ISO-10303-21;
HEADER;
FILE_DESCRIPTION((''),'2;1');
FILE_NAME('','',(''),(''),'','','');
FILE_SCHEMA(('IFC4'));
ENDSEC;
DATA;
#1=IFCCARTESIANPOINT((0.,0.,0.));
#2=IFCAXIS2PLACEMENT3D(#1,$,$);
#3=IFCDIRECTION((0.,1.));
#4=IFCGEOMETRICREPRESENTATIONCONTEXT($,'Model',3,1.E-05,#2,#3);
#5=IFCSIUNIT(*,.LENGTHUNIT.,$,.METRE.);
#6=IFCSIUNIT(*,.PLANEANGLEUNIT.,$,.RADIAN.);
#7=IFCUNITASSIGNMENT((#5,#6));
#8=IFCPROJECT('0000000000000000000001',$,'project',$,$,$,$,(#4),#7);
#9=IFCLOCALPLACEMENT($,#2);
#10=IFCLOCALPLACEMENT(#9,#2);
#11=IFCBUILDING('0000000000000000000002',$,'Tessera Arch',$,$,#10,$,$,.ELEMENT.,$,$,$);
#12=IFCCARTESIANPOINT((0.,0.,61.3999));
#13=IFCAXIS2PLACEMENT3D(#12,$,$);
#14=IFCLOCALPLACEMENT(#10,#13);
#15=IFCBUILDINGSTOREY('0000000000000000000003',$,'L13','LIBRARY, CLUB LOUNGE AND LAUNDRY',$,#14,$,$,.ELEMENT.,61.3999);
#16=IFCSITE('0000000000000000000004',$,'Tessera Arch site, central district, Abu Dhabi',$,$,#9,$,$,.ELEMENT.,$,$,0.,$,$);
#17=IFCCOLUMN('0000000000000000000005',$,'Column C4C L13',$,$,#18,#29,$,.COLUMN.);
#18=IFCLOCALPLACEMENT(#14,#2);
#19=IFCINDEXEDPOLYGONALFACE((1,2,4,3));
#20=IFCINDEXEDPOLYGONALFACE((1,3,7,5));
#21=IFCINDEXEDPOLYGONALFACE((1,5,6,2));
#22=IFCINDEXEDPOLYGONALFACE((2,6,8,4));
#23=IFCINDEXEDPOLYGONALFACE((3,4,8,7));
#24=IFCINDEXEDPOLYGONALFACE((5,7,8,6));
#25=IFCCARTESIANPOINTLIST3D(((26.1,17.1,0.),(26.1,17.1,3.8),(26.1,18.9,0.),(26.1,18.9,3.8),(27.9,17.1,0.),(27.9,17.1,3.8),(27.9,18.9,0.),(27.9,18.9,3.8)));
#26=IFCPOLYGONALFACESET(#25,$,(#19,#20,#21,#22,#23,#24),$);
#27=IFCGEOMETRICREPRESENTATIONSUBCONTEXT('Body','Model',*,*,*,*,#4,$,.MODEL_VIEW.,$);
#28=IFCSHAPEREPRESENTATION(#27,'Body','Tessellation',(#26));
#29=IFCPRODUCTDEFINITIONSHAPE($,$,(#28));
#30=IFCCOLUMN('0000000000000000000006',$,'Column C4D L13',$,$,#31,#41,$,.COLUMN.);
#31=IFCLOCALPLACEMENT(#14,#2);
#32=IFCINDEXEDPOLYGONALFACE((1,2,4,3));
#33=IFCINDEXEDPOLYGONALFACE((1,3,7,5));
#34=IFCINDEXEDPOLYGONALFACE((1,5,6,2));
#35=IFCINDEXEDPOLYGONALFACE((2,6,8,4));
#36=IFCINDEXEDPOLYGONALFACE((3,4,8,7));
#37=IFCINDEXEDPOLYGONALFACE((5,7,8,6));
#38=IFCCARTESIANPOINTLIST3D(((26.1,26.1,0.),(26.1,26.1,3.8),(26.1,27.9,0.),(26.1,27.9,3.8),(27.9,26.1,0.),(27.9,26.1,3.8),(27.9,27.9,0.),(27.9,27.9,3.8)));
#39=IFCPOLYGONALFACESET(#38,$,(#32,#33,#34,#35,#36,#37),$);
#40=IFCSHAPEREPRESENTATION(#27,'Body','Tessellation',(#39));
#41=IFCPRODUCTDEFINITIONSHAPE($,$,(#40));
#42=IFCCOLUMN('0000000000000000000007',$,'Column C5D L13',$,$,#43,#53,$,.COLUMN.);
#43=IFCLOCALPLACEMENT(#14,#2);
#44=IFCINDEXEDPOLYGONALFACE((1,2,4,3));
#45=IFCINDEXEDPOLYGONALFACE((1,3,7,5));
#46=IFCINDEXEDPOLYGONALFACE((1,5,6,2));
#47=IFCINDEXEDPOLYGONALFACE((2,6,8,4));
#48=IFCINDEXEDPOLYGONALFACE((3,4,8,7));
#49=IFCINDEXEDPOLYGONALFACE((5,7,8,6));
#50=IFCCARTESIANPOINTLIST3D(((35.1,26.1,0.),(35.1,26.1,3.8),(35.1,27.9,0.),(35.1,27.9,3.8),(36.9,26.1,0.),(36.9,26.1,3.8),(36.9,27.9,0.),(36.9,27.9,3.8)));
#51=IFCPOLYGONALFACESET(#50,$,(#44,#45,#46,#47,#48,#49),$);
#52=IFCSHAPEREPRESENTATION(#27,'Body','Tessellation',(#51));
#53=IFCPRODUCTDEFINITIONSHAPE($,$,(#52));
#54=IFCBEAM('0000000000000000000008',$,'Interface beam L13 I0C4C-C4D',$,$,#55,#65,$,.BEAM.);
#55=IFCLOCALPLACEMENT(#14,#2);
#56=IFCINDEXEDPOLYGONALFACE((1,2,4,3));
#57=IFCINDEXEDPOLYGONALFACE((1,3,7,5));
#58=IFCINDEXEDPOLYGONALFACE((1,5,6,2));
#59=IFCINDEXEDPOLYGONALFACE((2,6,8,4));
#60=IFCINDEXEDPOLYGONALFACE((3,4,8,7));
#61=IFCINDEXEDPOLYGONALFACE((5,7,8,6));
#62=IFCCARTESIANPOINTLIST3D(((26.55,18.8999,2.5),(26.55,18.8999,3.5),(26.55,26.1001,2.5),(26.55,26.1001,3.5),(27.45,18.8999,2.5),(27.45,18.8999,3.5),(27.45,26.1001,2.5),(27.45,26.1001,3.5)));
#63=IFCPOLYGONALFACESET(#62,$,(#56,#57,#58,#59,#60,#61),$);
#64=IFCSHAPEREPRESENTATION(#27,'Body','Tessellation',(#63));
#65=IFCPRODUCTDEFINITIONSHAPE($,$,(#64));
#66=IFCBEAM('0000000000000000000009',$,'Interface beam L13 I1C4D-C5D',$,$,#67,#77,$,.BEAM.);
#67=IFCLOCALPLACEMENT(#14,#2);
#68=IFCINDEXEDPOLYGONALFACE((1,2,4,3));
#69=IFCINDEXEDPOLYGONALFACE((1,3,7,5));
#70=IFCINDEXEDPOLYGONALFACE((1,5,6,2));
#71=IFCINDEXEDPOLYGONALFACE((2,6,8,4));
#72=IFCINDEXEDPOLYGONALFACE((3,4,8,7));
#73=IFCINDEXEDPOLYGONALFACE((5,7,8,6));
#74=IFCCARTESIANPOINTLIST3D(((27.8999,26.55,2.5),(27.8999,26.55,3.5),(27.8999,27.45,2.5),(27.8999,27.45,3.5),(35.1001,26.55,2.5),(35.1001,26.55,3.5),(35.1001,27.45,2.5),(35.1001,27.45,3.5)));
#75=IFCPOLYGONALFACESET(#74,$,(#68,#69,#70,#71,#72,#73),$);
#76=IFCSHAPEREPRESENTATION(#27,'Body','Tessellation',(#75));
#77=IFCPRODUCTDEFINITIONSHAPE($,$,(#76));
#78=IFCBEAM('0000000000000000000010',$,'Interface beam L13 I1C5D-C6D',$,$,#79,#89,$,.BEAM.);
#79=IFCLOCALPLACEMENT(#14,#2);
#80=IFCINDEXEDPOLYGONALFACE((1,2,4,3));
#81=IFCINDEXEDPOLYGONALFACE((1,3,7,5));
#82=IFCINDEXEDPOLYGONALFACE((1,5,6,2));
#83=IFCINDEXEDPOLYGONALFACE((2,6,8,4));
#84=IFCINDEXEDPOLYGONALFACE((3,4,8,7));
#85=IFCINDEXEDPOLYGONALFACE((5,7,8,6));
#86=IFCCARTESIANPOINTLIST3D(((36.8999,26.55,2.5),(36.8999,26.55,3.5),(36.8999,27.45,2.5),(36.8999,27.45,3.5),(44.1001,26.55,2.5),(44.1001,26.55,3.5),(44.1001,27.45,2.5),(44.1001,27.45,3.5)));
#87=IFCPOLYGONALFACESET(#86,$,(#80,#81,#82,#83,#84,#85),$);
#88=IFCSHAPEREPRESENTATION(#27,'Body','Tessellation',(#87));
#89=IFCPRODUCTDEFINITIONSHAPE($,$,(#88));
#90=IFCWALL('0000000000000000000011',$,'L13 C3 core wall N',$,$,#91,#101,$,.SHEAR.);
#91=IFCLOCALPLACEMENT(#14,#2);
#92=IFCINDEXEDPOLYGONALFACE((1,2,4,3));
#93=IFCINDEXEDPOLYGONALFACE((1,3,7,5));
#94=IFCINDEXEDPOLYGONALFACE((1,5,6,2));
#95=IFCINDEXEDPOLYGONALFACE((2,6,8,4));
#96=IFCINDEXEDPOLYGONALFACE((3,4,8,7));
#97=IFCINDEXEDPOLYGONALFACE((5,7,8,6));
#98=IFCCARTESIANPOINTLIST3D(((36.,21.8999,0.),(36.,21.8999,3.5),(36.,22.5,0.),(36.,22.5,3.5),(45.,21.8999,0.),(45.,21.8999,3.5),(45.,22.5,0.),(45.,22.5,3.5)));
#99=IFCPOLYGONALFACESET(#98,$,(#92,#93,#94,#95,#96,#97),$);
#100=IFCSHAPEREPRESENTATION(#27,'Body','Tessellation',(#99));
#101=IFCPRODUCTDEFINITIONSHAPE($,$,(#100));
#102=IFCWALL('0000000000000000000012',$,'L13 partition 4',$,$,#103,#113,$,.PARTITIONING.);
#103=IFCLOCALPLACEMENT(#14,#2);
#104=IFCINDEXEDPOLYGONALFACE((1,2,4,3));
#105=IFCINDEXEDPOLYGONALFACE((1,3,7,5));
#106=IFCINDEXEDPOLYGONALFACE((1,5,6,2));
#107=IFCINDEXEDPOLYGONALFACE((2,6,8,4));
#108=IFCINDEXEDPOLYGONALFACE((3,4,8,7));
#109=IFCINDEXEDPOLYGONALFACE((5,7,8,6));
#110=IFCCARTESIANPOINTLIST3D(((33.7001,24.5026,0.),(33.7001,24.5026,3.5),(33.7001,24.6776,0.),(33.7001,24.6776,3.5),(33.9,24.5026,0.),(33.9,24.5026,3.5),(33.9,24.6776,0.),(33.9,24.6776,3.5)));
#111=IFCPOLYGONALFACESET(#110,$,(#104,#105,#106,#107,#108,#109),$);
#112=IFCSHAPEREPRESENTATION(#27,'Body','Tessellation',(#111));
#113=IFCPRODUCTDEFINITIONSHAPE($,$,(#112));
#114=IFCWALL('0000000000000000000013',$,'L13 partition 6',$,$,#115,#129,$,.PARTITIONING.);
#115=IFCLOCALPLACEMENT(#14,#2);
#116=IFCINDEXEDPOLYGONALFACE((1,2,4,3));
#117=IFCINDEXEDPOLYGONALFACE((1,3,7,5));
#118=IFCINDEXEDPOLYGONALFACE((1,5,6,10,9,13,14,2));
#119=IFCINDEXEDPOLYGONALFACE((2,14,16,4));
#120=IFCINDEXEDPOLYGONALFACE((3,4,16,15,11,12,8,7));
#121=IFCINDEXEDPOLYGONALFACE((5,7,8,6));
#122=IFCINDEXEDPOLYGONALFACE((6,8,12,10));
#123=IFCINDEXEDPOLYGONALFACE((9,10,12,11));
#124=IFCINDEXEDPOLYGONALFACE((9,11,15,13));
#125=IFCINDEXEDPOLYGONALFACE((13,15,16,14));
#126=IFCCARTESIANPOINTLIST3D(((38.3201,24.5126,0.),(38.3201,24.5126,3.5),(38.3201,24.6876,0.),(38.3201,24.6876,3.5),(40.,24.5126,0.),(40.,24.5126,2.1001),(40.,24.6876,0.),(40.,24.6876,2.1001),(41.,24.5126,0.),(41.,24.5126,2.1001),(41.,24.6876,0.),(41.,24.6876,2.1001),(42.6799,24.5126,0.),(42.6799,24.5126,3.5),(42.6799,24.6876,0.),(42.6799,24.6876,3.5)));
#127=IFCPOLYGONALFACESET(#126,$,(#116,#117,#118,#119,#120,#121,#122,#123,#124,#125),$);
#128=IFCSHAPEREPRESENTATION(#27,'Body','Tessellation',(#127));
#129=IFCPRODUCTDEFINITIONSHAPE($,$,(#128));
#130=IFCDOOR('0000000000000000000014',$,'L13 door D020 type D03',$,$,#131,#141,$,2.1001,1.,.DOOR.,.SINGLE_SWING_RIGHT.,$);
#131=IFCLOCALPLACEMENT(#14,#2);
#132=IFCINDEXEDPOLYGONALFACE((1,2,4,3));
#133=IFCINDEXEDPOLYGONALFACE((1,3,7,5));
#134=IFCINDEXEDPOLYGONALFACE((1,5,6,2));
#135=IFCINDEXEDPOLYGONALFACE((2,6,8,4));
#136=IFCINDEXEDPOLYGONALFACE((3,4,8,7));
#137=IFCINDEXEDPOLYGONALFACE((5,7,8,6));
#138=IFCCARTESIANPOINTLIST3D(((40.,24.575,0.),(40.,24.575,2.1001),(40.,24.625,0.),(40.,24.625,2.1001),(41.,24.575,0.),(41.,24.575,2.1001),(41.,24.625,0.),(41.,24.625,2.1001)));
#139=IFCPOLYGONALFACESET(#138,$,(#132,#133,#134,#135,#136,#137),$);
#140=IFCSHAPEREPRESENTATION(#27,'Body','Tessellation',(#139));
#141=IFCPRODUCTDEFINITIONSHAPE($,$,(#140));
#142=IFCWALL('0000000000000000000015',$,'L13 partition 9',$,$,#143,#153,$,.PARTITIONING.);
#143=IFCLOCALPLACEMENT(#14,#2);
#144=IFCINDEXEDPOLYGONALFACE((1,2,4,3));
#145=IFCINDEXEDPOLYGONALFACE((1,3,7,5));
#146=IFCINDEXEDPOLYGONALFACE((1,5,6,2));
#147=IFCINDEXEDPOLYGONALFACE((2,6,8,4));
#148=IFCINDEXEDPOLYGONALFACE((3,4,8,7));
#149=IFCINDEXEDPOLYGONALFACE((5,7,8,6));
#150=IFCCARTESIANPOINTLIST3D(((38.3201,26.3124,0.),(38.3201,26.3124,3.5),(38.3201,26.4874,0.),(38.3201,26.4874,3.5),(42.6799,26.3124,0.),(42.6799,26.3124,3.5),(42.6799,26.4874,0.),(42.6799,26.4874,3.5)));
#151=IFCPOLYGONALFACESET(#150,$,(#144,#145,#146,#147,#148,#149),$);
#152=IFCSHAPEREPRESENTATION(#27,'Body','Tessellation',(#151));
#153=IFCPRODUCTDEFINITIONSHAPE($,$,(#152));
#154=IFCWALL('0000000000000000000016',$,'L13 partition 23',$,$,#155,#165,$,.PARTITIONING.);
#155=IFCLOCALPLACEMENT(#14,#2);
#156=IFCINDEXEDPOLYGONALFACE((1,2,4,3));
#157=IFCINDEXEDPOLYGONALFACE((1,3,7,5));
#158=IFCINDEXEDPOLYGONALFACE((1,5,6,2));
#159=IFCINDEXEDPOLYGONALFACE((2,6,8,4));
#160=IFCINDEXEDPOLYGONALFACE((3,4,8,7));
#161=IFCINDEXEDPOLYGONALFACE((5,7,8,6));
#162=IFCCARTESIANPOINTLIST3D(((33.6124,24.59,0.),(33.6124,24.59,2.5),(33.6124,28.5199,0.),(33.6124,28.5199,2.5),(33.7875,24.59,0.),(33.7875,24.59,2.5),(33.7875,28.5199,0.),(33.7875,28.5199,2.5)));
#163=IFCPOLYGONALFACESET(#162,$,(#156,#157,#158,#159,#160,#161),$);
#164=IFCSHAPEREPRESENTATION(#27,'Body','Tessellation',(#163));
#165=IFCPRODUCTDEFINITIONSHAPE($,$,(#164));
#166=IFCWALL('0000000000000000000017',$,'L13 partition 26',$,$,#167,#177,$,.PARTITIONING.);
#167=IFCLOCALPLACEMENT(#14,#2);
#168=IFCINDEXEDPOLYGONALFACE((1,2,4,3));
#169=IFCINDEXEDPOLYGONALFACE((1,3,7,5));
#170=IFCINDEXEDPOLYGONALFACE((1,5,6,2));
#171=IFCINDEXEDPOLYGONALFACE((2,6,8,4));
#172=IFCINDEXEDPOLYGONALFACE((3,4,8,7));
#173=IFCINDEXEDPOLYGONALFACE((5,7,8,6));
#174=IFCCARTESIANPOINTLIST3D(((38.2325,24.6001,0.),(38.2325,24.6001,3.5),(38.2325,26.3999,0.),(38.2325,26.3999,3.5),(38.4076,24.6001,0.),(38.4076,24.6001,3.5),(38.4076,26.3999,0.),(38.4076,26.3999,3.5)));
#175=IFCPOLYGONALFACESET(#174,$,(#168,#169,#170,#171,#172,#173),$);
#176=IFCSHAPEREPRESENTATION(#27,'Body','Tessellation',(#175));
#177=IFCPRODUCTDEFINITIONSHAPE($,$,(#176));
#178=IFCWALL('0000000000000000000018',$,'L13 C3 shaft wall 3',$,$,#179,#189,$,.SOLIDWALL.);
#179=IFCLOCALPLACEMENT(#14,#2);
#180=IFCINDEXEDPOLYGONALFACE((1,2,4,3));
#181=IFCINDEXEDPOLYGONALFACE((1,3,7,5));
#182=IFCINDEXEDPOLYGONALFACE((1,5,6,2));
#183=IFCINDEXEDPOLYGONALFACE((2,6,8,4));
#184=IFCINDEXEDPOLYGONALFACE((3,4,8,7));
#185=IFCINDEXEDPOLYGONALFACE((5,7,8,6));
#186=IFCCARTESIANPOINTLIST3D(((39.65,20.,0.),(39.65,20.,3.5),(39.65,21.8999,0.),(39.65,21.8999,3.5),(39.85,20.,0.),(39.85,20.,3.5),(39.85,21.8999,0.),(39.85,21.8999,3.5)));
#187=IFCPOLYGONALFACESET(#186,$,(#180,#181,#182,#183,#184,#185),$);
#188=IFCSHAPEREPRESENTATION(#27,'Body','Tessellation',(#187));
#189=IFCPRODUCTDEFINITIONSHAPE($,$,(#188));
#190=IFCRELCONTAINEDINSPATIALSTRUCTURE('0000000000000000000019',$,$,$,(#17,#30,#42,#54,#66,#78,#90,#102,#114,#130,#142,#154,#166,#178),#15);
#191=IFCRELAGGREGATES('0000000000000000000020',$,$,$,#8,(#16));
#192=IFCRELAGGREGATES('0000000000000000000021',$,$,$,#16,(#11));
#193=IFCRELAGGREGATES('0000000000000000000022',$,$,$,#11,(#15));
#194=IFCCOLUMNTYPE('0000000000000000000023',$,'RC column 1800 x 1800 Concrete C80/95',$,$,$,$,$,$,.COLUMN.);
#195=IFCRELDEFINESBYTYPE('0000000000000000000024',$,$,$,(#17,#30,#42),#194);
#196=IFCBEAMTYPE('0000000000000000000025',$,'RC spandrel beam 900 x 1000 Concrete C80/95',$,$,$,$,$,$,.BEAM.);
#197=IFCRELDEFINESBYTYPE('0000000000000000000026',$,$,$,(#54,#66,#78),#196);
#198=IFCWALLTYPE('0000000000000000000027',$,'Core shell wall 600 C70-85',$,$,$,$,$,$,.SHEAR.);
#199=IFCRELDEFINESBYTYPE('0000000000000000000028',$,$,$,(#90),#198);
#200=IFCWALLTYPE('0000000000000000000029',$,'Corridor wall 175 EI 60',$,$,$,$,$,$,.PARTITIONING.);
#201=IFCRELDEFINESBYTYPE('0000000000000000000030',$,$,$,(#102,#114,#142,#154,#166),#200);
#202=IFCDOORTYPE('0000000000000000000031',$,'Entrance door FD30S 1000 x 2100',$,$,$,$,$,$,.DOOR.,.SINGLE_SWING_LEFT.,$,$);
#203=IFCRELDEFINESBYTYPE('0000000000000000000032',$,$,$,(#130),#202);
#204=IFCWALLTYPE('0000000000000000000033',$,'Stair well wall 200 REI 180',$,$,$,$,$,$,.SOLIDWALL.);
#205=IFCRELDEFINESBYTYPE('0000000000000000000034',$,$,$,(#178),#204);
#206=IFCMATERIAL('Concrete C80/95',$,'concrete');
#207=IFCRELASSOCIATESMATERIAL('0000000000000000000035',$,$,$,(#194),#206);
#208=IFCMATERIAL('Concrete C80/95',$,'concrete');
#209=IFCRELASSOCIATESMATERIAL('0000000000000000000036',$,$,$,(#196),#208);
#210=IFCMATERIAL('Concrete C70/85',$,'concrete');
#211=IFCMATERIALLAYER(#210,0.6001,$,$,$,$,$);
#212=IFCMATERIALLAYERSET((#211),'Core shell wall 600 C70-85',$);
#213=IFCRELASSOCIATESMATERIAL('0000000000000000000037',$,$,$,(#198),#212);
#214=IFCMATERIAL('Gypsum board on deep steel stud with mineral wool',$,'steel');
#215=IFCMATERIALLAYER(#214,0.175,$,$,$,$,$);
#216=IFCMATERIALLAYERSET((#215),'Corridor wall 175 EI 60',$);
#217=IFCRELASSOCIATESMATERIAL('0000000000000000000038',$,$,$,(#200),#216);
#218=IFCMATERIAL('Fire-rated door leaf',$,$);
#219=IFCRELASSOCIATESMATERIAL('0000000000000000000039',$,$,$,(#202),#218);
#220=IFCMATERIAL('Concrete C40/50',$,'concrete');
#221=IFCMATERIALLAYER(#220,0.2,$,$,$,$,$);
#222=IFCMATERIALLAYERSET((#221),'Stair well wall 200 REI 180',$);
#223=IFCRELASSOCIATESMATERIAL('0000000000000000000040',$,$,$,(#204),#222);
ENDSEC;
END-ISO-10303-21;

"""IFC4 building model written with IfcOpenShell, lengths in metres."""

from ifc_helpers import new_model, si_unit, direction, frame, frame_2d, origin, origin_2d, place, context, subcontext, project, spatial, rectangle, extrude, material, layer, layer_set, material_profile, profile_set, type_object, element, fill, save


model = new_model("IFC4")

# Units and contexts
model_context = context("Model", 3, precision=1e-05, world=origin(), true_north=direction((0.0, 1.0)))
body_context = subcontext(model_context, "Body", "Model", "MODEL_VIEW")
ifc_project = project(units=[si_unit("LENGTHUNIT", "METRE"), si_unit("PLANEANGLEUNIT", "RADIAN")], contexts=[model_context])

# Site, building, storey
site_placement = place(None, origin())
site = spatial("IfcSite", under=ifc_project, at=site_placement, Name="Tessera Arch site, central district, Abu Dhabi", CompositionType="ELEMENT", RefElevation=0.0)
building_placement = place(site_placement, origin())
building = spatial("IfcBuilding", under=site, at=building_placement, Name="Tessera Arch", CompositionType="ELEMENT")
storey_placement = place(building_placement, frame((0.0, 0.0, 61.3999)))
storey = spatial("IfcBuildingStorey", under=building, at=storey_placement, Name="L13", Description="LIBRARY, CLUB LOUNGE AND LAUNDRY", CompositionType="ELEMENT", Elevation=61.3999)

# Columns
ifc_material_1 = material(Name="Concrete C80/95", Category="concrete")
ifc_material_profile_1 = material_profile(ifc_material_1, rectangle(XDim=1.8, YDim=1.8, at=origin_2d()), Name="RC column 1800 x 1800 Concrete C80/95")
ifc_profile_set_1 = profile_set([ifc_material_profile_1], Name="Concrete C80/95")
column_type = type_object("IfcColumnType", Name="RC column 1800 x 1800 Concrete C80/95", PredefinedType="COLUMN", material=ifc_profile_set_1)
for number, where, z_axis, x_axis, name in (
    (1, (27.0, 18.0, 0.0), (0.0, 0.0, 1.0), (1.0, 0.0, 0.0), "Column C4C L13"),
    (2, (27.0, 27.0, 0.0), (0.0, 0.0, 1.0), (1.0, 0.0, 0.0), "Column C4D L13"),
    (3, (36.0, 27.0, 0.0), (0.0, 0.0, 1.0), (1.0, 0.0, 0.0), "Column C5D L13"),
):
    element("IfcColumn", number, at=place(storey_placement, frame(where, z_axis=z_axis, x_axis=x_axis)), inside=storey, type_object=column_type, Name=name, PredefinedType="COLUMN", context=body_context, shape_type="SweptSolid", body=[
        extrude(rectangle(XDim=1.8, YDim=1.8, at=origin_2d()), origin(), (0.0, 0.0, 1.0), 3.8),
    ])

# Beams
ifc_material_2 = material(Name="Concrete C80/95", Category="concrete")
ifc_material_profile_2 = material_profile(ifc_material_2, rectangle(XDim=0.8999, YDim=1.0, at=origin_2d()), Name="RC spandrel beam 900 x 1000 Concrete C80/95")
ifc_profile_set_2 = profile_set([ifc_material_profile_2], Name="Concrete C80/95")
beam_type = type_object("IfcBeamType", Name="RC spandrel beam 900 x 1000 Concrete C80/95", PredefinedType="BEAM", material=ifc_profile_set_2)
for number, where, z_axis, x_axis, name in (
    (4, (27.0, 18.8999, 3.0), (0.0, 1.0, 0.0), (-1.0, 0.0, 0.0), "Interface beam L13 I0C4C-C4D"),
    (5, (27.8999, 27.0, 3.0), (1.0, 0.0, 0.0), (0.0, 1.0, 0.0), "Interface beam L13 I1C4D-C5D"),
    (6, (36.8999, 27.0, 3.0), (1.0, 0.0, 0.0), (0.0, 1.0, 0.0), "Interface beam L13 I1C5D-C6D"),
):
    element("IfcBeam", number, at=place(storey_placement, frame(where, z_axis=z_axis, x_axis=x_axis)), inside=storey, type_object=beam_type, Name=name, PredefinedType="BEAM", context=body_context, shape_type="SweptSolid", body=[
        extrude(rectangle(XDim=0.8999, YDim=1.0, at=origin_2d()), origin(), (0.0, 0.0, 1.0), 7.2002),
    ])

# Walls
ifc_material_3 = material(Name="Concrete C70/85", Category="concrete")
ifc_layer_1 = layer(ifc_material_3, 0.6001)
ifc_layer_set_1 = layer_set([ifc_layer_1], Name="Core shell wall 600 C70-85")
wall_type_1 = type_object("IfcWallType", Name="Core shell wall 600 C70-85", PredefinedType="SHEAR", material=ifc_layer_set_1)
wall_1_placement = place(storey_placement, frame((36.0, 22.2, 0.0), z_axis=(0.0, 0.0, 1.0), x_axis=(1.0, 0.0, 0.0)))
element("IfcWall", 7, at=wall_1_placement, inside=storey, type_object=wall_type_1, Name="L13 C3 core wall N", PredefinedType="SHEAR", context=body_context, shape_type="SweptSolid", body=[
    extrude(rectangle(XDim=9.0, YDim=0.6001, at=frame_2d((4.5, 0.0))), origin(), (0.0, 0.0, 1.0), 3.5),
])
ifc_material_4 = material(Name="Gypsum board on deep steel stud with mineral wool", Category="steel")
ifc_layer_2 = layer(ifc_material_4, 0.175)
ifc_layer_set_2 = layer_set([ifc_layer_2], Name="Corridor wall 175 EI 60")
wall_type_2 = type_object("IfcWallType", Name="Corridor wall 175 EI 60", PredefinedType="PARTITIONING", material=ifc_layer_set_2)
wall_2_placement = place(storey_placement, frame((33.7, 24.5901, 0.0), z_axis=(0.0, 0.0, 1.0), x_axis=(1.0, 0.0, 0.0)))
element("IfcWall", 8, at=wall_2_placement, inside=storey, type_object=wall_type_2, Name="L13 partition 4", PredefinedType="PARTITIONING", context=body_context, shape_type="SweptSolid", body=[
    extrude(rectangle(XDim=0.2, YDim=0.175, at=frame_2d((0.1001, 0.0))), origin(), (0.0, 0.0, 1.0), 3.5),
])

# Wall, opening, door
wall_3_placement = place(storey_placement, frame((38.3201, 24.6001, 0.0), z_axis=(0.0, 0.0, 1.0), x_axis=(1.0, 0.0, 0.0)))
wall_3 = element("IfcWall", 9, at=wall_3_placement, inside=storey, type_object=wall_type_2, Name="L13 partition 6", PredefinedType="PARTITIONING", context=body_context, shape_type="SweptSolid", body=[
    extrude(rectangle(XDim=4.3599, YDim=0.175, at=frame_2d((2.1799, 0.0))), origin(), (0.0, 0.0, 1.0), 3.5),
])
opening_placement = place(wall_3_placement, frame((1.6799, 0.0, 0.0)))
opening = element("IfcOpeningElement", 10, at=opening_placement, cuts=wall_3, PredefinedType="OPENING", context=body_context, shape_type="SweptSolid", body=[
    extrude(rectangle(XDim=1.0, YDim=2.1001, at=frame_2d((0.5, 1.05))), frame((0.0, 0.0974, 0.0), z_axis=(0.0, -1.0, 0.0), x_axis=(1.0, 0.0, 0.0)), (0.0, 0.0, 1.0), 0.1951),
])
ifc_material_5 = material(Name="Fire-rated door leaf")
door_type = type_object("IfcDoorType", Name="Entrance door FD30S 1000 x 2100", OperationType="SINGLE_SWING_LEFT", PredefinedType="DOOR", material=ifc_material_5)
door_placement = place(opening_placement, origin())
door = element("IfcDoor", 11, at=door_placement, inside=storey, type_object=door_type, Name="L13 door D020 type D03", OperationType="SINGLE_SWING_RIGHT", OverallHeight=2.1001, OverallWidth=1.0, PredefinedType="DOOR", context=body_context, shape_type="SweptSolid", body=[
    extrude(rectangle(XDim=1.0, YDim=2.1001, at=frame_2d((0.5, 1.05))), frame((0.0, 0.0249, 0.0), z_axis=(0.0, -1.0, 0.0), x_axis=(1.0, 0.0, 0.0)), (0.0, 0.0, 1.0), 0.05),
])
fill(opening, door)

# Walls
wall_4_placement = place(storey_placement, frame((38.3201, 26.3999, 0.0), z_axis=(0.0, 0.0, 1.0), x_axis=(1.0, 0.0, 0.0)))
element("IfcWall", 12, at=wall_4_placement, inside=storey, type_object=wall_type_2, Name="L13 partition 9", PredefinedType="PARTITIONING", context=body_context, shape_type="SweptSolid", body=[
    extrude(rectangle(XDim=4.3599, YDim=0.175, at=frame_2d((2.1799, 0.0))), origin(), (0.0, 0.0, 1.0), 3.5),
])
wall_5_placement = place(storey_placement, frame((33.7, 24.5901, 0.0), z_axis=(0.0, 0.0, 1.0), x_axis=(0.0, 1.0, 0.0)))
element("IfcWall", 13, at=wall_5_placement, inside=storey, type_object=wall_type_2, Name="L13 partition 23", PredefinedType="PARTITIONING", context=body_context, shape_type="SweptSolid", body=[
    extrude(rectangle(XDim=3.9299, YDim=0.175, at=frame_2d((1.9648, 0.0))), origin(), (0.0, 0.0, 1.0), 2.5),
])
wall_6_placement = place(storey_placement, frame((38.3201, 24.6001, 0.0), z_axis=(0.0, 0.0, 1.0), x_axis=(0.0, 1.0, 0.0)))
element("IfcWall", 14, at=wall_6_placement, inside=storey, type_object=wall_type_2, Name="L13 partition 26", PredefinedType="PARTITIONING", context=body_context, shape_type="SweptSolid", body=[
    extrude(rectangle(XDim=1.7998, YDim=0.175, at=frame_2d((0.8999, 0.0))), origin(), (0.0, 0.0, 1.0), 3.5),
])
ifc_material_6 = material(Name="Concrete C40/50", Category="concrete")
ifc_layer_3 = layer(ifc_material_6, 0.2)
ifc_layer_set_3 = layer_set([ifc_layer_3], Name="Stair well wall 200 REI 180")
wall_type_3 = type_object("IfcWallType", Name="Stair well wall 200 REI 180", PredefinedType="SOLIDWALL", material=ifc_layer_set_3)
wall_7_placement = place(storey_placement, frame((39.75, 20.0, 0.0), z_axis=(0.0, 0.0, 1.0), x_axis=(0.0, 1.0, 0.0)))
element("IfcWall", 15, at=wall_7_placement, inside=storey, type_object=wall_type_3, Name="L13 C3 shaft wall 3", PredefinedType="SOLIDWALL", context=body_context, shape_type="SweptSolid", body=[
    extrude(rectangle(XDim=1.8999, YDim=0.2, at=frame_2d((0.95, 0.0))), origin(), (0.0, 0.0, 1.0), 3.5),
])

save(model, "model.ifc")
